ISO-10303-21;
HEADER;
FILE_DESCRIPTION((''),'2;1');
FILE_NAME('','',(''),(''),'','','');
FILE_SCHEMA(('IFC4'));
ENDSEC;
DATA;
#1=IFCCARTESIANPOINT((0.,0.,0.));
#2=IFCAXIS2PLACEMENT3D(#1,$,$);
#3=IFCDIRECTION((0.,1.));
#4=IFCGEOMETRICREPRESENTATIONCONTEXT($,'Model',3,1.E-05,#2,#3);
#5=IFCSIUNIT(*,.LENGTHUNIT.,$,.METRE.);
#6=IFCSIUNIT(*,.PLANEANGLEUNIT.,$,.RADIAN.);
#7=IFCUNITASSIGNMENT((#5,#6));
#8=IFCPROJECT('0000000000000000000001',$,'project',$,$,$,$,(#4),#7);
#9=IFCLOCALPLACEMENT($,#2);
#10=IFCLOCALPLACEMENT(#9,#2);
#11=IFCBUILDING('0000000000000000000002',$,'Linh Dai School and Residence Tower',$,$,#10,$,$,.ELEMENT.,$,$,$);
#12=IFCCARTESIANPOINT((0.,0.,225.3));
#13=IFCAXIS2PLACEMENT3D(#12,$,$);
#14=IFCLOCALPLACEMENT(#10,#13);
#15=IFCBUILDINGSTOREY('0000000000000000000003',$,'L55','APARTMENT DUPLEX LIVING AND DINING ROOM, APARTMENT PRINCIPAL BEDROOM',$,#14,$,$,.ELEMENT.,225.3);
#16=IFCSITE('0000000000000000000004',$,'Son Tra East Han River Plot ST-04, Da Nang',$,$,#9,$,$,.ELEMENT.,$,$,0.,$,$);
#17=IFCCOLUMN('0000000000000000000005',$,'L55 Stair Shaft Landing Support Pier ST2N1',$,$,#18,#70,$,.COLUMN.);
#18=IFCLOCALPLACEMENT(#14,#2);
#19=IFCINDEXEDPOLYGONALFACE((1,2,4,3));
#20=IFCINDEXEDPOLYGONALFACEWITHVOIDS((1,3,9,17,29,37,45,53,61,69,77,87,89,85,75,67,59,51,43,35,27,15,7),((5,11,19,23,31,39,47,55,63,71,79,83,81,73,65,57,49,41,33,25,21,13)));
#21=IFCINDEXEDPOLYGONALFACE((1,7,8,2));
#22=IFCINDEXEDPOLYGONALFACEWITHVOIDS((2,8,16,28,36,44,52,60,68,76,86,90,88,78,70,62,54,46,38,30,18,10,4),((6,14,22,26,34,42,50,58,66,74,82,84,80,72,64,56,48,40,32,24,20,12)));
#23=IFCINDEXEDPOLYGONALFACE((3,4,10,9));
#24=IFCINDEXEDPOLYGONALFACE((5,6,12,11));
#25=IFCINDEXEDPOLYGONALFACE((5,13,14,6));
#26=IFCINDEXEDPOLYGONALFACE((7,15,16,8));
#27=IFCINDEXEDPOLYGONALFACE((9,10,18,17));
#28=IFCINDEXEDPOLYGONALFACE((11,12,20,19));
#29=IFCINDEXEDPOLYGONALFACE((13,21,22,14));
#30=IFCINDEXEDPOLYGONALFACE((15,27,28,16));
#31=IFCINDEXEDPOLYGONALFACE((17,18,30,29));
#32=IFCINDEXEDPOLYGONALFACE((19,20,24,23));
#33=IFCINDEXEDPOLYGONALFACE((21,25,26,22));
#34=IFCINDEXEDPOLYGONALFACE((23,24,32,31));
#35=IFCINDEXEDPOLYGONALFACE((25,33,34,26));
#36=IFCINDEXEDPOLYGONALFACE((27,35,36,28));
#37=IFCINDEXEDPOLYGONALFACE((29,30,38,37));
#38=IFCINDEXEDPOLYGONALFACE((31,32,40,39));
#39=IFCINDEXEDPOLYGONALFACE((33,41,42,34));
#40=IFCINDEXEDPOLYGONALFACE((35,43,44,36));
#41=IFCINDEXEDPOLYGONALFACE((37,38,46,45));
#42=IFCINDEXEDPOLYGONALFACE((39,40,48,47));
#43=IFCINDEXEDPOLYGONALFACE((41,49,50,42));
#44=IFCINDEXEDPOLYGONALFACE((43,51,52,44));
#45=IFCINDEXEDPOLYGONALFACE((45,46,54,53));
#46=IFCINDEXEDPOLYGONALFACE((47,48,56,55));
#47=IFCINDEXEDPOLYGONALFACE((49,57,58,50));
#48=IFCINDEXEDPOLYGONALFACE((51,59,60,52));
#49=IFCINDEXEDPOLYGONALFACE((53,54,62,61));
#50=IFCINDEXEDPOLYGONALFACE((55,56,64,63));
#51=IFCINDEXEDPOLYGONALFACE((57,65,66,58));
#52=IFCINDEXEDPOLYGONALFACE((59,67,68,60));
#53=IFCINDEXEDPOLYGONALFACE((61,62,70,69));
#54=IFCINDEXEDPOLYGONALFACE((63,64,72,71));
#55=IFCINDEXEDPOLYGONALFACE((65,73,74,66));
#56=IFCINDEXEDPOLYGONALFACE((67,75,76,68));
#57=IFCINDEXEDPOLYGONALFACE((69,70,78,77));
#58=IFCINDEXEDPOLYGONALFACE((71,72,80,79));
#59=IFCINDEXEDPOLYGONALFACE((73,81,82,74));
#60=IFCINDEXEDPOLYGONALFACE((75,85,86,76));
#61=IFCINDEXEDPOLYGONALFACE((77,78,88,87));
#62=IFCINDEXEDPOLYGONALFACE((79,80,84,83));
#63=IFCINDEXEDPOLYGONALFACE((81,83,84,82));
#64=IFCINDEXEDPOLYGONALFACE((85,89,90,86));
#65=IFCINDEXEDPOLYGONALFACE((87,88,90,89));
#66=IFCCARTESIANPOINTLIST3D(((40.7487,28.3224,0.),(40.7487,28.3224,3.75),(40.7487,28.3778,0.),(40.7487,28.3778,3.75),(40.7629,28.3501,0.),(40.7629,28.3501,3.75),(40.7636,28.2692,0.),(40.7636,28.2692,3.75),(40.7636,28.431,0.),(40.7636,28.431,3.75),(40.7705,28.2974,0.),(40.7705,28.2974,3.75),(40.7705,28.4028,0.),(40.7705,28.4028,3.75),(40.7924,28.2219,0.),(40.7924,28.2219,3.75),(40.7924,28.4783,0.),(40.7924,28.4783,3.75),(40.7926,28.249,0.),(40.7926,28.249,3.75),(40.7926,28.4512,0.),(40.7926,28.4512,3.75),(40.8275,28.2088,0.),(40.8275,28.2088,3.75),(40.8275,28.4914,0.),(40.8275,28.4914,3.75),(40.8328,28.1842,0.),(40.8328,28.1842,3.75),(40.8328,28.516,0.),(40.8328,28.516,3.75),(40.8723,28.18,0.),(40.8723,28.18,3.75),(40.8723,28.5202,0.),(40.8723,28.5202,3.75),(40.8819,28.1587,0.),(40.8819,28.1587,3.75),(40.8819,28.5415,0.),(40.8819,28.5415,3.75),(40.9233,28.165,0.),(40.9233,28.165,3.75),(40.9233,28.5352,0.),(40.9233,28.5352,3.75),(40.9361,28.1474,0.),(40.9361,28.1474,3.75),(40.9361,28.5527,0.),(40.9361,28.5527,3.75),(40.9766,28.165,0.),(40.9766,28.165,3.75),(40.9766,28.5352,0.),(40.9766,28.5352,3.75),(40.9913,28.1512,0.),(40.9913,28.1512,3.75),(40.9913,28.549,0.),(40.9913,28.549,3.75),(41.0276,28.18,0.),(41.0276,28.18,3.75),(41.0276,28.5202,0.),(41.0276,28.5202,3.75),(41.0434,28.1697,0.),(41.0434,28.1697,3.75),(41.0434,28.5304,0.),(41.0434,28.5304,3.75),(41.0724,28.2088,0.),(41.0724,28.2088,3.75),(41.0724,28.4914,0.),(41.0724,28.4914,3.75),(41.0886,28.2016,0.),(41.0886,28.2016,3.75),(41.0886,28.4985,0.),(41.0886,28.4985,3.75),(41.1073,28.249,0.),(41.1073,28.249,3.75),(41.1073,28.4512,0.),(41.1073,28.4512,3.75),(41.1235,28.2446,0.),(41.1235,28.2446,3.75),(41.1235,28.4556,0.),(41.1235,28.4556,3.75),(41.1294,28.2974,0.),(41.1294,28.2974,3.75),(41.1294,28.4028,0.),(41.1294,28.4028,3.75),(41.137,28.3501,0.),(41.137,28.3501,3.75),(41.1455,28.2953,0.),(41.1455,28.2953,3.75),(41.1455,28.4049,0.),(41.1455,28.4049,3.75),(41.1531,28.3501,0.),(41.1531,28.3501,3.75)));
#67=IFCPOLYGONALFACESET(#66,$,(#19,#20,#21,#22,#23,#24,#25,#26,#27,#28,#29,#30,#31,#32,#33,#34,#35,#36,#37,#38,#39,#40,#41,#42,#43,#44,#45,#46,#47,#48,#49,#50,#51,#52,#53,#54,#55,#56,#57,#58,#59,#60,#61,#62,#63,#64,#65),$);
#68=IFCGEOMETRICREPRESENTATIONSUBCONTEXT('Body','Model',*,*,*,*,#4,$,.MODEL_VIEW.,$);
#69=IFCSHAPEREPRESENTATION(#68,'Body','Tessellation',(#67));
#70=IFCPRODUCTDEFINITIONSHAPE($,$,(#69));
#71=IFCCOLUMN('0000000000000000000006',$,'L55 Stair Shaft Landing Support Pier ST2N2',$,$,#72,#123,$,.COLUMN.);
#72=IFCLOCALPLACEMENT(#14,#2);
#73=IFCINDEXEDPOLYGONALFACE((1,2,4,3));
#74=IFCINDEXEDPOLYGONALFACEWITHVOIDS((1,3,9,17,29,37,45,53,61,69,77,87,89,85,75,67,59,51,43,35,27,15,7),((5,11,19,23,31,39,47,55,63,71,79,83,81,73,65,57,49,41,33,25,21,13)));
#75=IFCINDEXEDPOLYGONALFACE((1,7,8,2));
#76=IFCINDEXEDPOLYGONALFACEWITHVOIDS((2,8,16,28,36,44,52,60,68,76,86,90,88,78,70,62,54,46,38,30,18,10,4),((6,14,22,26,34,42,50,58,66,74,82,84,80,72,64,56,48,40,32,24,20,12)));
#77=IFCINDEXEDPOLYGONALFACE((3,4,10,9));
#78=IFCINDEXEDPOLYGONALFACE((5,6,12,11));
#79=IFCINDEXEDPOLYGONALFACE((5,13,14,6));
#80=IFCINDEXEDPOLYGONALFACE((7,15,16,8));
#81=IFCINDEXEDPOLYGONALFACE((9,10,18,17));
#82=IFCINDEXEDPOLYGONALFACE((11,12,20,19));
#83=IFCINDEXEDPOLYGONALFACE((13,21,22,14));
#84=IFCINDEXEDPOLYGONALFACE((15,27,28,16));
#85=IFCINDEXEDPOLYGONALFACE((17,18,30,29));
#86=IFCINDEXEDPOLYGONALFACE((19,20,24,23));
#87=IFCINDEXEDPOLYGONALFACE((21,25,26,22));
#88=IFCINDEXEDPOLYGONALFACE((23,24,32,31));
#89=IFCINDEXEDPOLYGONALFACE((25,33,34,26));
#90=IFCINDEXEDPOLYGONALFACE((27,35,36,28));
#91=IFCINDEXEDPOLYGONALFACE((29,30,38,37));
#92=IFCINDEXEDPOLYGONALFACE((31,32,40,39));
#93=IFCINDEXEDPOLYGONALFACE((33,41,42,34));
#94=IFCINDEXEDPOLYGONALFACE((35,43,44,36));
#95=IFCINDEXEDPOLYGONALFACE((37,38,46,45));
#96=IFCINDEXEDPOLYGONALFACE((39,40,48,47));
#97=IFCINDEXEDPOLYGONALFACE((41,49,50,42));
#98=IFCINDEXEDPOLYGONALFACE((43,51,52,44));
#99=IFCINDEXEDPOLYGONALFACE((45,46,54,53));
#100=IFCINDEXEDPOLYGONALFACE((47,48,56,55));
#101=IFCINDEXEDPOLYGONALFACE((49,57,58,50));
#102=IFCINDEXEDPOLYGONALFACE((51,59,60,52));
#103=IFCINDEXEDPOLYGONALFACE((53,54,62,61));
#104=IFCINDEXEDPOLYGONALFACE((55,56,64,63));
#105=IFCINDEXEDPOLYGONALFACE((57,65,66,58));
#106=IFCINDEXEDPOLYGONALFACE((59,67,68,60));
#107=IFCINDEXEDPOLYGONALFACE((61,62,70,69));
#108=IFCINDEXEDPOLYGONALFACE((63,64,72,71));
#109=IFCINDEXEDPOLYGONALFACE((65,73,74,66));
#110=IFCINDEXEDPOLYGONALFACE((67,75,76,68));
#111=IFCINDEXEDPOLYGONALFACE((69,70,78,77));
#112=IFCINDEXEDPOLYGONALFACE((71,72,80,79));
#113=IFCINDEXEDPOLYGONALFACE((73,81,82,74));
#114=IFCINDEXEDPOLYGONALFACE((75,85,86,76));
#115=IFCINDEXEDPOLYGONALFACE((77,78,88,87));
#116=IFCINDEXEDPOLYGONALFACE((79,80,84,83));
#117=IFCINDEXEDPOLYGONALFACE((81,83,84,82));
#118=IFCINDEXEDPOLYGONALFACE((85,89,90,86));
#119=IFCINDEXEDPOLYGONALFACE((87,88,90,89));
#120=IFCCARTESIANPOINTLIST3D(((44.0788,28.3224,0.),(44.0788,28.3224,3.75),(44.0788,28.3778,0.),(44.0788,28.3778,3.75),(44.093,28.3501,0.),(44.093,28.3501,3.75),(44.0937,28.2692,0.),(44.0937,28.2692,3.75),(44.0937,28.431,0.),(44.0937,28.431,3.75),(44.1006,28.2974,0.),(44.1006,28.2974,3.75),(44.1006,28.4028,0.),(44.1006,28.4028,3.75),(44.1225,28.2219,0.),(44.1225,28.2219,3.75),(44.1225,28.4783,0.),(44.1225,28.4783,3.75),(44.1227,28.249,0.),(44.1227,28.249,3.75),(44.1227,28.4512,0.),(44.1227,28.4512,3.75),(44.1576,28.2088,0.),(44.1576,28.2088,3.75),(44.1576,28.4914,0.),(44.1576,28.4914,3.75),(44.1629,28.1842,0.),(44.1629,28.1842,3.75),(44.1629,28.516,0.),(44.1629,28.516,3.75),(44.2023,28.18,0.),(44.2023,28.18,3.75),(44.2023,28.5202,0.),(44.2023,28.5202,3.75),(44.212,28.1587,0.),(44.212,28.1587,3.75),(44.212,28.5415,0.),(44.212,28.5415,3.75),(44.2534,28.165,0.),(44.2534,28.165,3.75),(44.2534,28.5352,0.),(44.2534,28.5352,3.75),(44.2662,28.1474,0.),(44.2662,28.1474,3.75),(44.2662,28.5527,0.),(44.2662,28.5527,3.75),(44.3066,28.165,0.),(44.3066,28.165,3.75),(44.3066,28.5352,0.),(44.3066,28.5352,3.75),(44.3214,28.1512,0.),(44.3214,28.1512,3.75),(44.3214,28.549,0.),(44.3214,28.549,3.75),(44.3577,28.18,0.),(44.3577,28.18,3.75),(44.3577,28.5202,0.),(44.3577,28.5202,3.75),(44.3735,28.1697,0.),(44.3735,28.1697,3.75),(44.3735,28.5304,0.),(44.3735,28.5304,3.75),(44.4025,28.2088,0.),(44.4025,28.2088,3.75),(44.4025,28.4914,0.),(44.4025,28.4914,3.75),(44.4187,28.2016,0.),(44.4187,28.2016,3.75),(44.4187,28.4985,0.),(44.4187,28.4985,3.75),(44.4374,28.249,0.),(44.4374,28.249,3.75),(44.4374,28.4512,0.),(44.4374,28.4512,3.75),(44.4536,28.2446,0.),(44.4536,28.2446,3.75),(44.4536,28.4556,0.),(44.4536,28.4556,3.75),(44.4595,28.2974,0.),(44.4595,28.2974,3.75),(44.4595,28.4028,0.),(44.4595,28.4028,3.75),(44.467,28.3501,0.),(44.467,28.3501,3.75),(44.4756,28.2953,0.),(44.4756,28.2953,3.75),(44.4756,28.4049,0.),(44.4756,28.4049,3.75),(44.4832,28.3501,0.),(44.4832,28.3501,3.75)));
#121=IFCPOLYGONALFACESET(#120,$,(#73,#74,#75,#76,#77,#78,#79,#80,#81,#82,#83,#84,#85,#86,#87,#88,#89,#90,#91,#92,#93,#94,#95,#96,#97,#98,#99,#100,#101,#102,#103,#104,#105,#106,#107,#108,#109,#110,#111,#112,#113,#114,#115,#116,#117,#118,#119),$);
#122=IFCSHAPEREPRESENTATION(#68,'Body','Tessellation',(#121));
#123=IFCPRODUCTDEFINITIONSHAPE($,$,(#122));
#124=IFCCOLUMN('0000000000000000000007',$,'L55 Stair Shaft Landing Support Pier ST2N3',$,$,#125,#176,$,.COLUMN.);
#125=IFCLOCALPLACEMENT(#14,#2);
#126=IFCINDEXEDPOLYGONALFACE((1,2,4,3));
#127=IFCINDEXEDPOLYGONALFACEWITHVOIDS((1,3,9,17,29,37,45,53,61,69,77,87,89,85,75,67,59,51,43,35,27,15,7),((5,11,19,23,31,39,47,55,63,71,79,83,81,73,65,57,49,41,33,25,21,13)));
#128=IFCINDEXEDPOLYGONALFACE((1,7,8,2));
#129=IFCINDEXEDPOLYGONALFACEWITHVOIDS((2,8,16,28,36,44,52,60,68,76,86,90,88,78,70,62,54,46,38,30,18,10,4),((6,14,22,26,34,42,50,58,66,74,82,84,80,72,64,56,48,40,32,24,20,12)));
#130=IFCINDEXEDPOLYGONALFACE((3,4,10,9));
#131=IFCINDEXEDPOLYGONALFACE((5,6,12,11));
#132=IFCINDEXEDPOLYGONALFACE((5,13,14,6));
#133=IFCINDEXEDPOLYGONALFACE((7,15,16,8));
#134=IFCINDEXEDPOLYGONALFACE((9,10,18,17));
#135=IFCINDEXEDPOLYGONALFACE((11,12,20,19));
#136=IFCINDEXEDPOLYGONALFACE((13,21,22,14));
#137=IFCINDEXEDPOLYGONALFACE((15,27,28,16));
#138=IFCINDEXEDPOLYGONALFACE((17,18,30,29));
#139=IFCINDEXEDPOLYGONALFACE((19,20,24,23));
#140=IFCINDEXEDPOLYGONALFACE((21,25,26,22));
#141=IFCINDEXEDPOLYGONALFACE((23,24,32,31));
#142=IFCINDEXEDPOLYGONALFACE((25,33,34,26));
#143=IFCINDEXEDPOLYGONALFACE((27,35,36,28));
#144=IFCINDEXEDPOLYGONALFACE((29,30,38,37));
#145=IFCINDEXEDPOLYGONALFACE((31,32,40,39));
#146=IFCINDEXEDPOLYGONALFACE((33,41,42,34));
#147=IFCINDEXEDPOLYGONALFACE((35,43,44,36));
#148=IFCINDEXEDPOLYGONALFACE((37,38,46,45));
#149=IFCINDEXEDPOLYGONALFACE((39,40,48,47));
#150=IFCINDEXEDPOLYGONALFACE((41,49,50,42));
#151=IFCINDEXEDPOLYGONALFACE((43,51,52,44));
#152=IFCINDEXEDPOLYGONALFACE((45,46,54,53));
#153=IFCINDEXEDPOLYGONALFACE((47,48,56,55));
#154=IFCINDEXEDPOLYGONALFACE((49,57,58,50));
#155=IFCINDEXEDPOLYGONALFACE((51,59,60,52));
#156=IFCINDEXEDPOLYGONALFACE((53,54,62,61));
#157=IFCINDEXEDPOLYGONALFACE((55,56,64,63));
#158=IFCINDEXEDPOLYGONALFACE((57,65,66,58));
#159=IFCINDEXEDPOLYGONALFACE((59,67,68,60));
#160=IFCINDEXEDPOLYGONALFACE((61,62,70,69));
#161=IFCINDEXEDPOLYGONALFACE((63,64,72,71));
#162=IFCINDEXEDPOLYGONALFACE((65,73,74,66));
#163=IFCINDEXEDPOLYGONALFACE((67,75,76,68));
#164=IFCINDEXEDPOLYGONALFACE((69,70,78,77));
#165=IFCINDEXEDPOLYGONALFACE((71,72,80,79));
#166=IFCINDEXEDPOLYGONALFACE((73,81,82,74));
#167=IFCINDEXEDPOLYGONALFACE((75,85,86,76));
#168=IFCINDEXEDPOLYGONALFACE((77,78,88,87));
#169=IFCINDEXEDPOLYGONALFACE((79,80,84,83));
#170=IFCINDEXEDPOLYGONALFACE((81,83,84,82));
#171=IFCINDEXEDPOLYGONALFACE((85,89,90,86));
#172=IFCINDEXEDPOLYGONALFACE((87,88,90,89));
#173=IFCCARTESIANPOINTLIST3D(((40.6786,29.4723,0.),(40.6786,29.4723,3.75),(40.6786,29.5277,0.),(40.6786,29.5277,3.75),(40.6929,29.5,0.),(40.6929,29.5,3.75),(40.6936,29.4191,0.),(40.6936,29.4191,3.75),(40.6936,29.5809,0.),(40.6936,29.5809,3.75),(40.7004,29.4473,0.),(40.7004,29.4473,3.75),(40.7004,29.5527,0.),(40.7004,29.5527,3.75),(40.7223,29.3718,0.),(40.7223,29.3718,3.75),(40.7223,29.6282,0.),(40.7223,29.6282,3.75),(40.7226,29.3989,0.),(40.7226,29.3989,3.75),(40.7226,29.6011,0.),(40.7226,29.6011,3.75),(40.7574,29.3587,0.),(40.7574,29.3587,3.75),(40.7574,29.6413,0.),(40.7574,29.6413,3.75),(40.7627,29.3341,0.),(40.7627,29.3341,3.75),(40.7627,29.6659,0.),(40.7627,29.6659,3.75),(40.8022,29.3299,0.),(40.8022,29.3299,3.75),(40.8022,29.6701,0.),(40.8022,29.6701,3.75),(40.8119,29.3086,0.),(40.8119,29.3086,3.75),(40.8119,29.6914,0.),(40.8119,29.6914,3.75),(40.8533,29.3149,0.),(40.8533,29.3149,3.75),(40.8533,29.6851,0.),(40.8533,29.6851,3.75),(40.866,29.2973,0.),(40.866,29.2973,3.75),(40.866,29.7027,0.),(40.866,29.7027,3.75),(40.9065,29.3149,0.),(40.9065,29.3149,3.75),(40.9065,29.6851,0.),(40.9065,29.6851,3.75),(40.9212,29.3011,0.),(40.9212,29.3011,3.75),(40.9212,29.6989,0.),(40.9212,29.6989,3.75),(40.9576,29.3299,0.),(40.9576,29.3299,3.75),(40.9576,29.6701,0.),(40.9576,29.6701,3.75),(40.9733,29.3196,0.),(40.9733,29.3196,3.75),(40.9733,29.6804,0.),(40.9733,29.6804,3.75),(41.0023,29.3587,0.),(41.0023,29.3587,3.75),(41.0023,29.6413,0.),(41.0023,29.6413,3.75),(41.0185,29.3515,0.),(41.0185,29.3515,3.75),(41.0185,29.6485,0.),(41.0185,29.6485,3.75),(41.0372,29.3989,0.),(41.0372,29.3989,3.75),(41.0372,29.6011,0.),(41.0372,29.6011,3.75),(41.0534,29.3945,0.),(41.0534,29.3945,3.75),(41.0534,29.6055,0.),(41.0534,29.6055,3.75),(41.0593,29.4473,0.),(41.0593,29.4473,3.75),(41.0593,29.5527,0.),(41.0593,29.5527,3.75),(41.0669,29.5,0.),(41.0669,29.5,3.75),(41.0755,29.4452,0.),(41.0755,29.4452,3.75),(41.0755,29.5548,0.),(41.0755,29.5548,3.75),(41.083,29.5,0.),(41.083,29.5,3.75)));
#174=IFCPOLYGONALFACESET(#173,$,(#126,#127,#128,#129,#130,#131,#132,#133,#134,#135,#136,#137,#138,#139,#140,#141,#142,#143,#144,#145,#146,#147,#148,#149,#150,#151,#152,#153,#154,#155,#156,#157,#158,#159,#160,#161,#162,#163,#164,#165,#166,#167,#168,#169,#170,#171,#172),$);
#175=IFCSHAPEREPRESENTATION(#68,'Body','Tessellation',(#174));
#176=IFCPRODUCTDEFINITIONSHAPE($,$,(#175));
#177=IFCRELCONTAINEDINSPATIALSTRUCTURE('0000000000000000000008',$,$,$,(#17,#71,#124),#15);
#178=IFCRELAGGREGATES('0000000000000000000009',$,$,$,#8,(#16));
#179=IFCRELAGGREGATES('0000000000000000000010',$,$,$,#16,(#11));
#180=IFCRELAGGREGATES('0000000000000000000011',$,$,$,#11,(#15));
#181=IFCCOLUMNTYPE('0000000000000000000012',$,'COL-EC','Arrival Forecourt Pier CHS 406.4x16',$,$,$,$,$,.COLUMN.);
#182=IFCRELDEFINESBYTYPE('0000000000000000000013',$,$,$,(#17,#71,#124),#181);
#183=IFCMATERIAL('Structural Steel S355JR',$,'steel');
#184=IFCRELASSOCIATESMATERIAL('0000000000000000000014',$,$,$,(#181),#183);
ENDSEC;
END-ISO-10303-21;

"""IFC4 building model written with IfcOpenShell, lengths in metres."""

from ifc_helpers import new_model, si_unit, direction, frame, origin, origin_2d, place, context, subcontext, project, spatial, hollow_circle, extrude, material, material_profile, profile_set, type_object, element, save


model = new_model("IFC4")

# Units and contexts
model_context = context("Model", 3, precision=1e-05, world=origin(), true_north=direction((0.0, 1.0)))
body_context = subcontext(model_context, "Body", "Model", "MODEL_VIEW")
ifc_project = project(units=[si_unit("LENGTHUNIT", "METRE"), si_unit("PLANEANGLEUNIT", "RADIAN")], contexts=[model_context])

# Site, building, storey
site_placement = place(None, origin())
site = spatial("IfcSite", under=ifc_project, at=site_placement, Name="Son Tra East Han River Plot ST-04, Da Nang", CompositionType="ELEMENT", RefElevation=0.0)
building_placement = place(site_placement, origin())
building = spatial("IfcBuilding", under=site, at=building_placement, Name="Linh Dai School and Residence Tower", CompositionType="ELEMENT")
storey_placement = place(building_placement, frame((0.0, 0.0, 225.3)))
storey = spatial("IfcBuildingStorey", under=building, at=storey_placement, Name="L55", Description="APARTMENT DUPLEX LIVING AND DINING ROOM, APARTMENT PRINCIPAL BEDROOM", CompositionType="ELEMENT", Elevation=225.3)

# Columns
ifc_material_1 = material(Name="Structural Steel S355JR", Category="steel")
ifc_material_profile_1 = material_profile(ifc_material_1, hollow_circle(Radius=0.2031, WallThickness=0.0161, at=origin_2d()), Name="CHS 406.4x16")
ifc_profile_set_1 = profile_set([ifc_material_profile_1], Name="Structural Steel S355JR")
column_type_1 = type_object("IfcColumnType", Name="COL-EC", Description="Arrival Forecourt Pier CHS 406.4x16", PredefinedType="COLUMN", material=ifc_profile_set_1)
for number, where, z_axis, x_axis, name in (
    (1, (40.95, 28.3501, 0.0), (0.0, 0.0, 1.0), (1.0, 0.0, 0.0), "L55 Stair Shaft Landing Support Pier ST2N1"),
    (2, (44.28, 28.3501, 0.0), (0.0, 0.0, 1.0), (1.0, 0.0, 0.0), "L55 Stair Shaft Landing Support Pier ST2N2"),
    (3, (40.8799, 29.5, 0.0), (0.0, 0.0, 1.0), (1.0, 0.0, 0.0), "L55 Stair Shaft Landing Support Pier ST2N3"),
):
    element("IfcColumn", number, at=place(storey_placement, frame(where, z_axis=z_axis, x_axis=x_axis)), inside=storey, type_object=column_type_1, Name=name, PredefinedType="COLUMN", context=body_context, shape_type="SweptSolid", body=[
        extrude(hollow_circle(Radius=0.2031, WallThickness=0.0161, at=origin_2d()), origin(), (0.0, 0.0, 1.0), 3.75),
    ])

save(model, "model.ifc")
